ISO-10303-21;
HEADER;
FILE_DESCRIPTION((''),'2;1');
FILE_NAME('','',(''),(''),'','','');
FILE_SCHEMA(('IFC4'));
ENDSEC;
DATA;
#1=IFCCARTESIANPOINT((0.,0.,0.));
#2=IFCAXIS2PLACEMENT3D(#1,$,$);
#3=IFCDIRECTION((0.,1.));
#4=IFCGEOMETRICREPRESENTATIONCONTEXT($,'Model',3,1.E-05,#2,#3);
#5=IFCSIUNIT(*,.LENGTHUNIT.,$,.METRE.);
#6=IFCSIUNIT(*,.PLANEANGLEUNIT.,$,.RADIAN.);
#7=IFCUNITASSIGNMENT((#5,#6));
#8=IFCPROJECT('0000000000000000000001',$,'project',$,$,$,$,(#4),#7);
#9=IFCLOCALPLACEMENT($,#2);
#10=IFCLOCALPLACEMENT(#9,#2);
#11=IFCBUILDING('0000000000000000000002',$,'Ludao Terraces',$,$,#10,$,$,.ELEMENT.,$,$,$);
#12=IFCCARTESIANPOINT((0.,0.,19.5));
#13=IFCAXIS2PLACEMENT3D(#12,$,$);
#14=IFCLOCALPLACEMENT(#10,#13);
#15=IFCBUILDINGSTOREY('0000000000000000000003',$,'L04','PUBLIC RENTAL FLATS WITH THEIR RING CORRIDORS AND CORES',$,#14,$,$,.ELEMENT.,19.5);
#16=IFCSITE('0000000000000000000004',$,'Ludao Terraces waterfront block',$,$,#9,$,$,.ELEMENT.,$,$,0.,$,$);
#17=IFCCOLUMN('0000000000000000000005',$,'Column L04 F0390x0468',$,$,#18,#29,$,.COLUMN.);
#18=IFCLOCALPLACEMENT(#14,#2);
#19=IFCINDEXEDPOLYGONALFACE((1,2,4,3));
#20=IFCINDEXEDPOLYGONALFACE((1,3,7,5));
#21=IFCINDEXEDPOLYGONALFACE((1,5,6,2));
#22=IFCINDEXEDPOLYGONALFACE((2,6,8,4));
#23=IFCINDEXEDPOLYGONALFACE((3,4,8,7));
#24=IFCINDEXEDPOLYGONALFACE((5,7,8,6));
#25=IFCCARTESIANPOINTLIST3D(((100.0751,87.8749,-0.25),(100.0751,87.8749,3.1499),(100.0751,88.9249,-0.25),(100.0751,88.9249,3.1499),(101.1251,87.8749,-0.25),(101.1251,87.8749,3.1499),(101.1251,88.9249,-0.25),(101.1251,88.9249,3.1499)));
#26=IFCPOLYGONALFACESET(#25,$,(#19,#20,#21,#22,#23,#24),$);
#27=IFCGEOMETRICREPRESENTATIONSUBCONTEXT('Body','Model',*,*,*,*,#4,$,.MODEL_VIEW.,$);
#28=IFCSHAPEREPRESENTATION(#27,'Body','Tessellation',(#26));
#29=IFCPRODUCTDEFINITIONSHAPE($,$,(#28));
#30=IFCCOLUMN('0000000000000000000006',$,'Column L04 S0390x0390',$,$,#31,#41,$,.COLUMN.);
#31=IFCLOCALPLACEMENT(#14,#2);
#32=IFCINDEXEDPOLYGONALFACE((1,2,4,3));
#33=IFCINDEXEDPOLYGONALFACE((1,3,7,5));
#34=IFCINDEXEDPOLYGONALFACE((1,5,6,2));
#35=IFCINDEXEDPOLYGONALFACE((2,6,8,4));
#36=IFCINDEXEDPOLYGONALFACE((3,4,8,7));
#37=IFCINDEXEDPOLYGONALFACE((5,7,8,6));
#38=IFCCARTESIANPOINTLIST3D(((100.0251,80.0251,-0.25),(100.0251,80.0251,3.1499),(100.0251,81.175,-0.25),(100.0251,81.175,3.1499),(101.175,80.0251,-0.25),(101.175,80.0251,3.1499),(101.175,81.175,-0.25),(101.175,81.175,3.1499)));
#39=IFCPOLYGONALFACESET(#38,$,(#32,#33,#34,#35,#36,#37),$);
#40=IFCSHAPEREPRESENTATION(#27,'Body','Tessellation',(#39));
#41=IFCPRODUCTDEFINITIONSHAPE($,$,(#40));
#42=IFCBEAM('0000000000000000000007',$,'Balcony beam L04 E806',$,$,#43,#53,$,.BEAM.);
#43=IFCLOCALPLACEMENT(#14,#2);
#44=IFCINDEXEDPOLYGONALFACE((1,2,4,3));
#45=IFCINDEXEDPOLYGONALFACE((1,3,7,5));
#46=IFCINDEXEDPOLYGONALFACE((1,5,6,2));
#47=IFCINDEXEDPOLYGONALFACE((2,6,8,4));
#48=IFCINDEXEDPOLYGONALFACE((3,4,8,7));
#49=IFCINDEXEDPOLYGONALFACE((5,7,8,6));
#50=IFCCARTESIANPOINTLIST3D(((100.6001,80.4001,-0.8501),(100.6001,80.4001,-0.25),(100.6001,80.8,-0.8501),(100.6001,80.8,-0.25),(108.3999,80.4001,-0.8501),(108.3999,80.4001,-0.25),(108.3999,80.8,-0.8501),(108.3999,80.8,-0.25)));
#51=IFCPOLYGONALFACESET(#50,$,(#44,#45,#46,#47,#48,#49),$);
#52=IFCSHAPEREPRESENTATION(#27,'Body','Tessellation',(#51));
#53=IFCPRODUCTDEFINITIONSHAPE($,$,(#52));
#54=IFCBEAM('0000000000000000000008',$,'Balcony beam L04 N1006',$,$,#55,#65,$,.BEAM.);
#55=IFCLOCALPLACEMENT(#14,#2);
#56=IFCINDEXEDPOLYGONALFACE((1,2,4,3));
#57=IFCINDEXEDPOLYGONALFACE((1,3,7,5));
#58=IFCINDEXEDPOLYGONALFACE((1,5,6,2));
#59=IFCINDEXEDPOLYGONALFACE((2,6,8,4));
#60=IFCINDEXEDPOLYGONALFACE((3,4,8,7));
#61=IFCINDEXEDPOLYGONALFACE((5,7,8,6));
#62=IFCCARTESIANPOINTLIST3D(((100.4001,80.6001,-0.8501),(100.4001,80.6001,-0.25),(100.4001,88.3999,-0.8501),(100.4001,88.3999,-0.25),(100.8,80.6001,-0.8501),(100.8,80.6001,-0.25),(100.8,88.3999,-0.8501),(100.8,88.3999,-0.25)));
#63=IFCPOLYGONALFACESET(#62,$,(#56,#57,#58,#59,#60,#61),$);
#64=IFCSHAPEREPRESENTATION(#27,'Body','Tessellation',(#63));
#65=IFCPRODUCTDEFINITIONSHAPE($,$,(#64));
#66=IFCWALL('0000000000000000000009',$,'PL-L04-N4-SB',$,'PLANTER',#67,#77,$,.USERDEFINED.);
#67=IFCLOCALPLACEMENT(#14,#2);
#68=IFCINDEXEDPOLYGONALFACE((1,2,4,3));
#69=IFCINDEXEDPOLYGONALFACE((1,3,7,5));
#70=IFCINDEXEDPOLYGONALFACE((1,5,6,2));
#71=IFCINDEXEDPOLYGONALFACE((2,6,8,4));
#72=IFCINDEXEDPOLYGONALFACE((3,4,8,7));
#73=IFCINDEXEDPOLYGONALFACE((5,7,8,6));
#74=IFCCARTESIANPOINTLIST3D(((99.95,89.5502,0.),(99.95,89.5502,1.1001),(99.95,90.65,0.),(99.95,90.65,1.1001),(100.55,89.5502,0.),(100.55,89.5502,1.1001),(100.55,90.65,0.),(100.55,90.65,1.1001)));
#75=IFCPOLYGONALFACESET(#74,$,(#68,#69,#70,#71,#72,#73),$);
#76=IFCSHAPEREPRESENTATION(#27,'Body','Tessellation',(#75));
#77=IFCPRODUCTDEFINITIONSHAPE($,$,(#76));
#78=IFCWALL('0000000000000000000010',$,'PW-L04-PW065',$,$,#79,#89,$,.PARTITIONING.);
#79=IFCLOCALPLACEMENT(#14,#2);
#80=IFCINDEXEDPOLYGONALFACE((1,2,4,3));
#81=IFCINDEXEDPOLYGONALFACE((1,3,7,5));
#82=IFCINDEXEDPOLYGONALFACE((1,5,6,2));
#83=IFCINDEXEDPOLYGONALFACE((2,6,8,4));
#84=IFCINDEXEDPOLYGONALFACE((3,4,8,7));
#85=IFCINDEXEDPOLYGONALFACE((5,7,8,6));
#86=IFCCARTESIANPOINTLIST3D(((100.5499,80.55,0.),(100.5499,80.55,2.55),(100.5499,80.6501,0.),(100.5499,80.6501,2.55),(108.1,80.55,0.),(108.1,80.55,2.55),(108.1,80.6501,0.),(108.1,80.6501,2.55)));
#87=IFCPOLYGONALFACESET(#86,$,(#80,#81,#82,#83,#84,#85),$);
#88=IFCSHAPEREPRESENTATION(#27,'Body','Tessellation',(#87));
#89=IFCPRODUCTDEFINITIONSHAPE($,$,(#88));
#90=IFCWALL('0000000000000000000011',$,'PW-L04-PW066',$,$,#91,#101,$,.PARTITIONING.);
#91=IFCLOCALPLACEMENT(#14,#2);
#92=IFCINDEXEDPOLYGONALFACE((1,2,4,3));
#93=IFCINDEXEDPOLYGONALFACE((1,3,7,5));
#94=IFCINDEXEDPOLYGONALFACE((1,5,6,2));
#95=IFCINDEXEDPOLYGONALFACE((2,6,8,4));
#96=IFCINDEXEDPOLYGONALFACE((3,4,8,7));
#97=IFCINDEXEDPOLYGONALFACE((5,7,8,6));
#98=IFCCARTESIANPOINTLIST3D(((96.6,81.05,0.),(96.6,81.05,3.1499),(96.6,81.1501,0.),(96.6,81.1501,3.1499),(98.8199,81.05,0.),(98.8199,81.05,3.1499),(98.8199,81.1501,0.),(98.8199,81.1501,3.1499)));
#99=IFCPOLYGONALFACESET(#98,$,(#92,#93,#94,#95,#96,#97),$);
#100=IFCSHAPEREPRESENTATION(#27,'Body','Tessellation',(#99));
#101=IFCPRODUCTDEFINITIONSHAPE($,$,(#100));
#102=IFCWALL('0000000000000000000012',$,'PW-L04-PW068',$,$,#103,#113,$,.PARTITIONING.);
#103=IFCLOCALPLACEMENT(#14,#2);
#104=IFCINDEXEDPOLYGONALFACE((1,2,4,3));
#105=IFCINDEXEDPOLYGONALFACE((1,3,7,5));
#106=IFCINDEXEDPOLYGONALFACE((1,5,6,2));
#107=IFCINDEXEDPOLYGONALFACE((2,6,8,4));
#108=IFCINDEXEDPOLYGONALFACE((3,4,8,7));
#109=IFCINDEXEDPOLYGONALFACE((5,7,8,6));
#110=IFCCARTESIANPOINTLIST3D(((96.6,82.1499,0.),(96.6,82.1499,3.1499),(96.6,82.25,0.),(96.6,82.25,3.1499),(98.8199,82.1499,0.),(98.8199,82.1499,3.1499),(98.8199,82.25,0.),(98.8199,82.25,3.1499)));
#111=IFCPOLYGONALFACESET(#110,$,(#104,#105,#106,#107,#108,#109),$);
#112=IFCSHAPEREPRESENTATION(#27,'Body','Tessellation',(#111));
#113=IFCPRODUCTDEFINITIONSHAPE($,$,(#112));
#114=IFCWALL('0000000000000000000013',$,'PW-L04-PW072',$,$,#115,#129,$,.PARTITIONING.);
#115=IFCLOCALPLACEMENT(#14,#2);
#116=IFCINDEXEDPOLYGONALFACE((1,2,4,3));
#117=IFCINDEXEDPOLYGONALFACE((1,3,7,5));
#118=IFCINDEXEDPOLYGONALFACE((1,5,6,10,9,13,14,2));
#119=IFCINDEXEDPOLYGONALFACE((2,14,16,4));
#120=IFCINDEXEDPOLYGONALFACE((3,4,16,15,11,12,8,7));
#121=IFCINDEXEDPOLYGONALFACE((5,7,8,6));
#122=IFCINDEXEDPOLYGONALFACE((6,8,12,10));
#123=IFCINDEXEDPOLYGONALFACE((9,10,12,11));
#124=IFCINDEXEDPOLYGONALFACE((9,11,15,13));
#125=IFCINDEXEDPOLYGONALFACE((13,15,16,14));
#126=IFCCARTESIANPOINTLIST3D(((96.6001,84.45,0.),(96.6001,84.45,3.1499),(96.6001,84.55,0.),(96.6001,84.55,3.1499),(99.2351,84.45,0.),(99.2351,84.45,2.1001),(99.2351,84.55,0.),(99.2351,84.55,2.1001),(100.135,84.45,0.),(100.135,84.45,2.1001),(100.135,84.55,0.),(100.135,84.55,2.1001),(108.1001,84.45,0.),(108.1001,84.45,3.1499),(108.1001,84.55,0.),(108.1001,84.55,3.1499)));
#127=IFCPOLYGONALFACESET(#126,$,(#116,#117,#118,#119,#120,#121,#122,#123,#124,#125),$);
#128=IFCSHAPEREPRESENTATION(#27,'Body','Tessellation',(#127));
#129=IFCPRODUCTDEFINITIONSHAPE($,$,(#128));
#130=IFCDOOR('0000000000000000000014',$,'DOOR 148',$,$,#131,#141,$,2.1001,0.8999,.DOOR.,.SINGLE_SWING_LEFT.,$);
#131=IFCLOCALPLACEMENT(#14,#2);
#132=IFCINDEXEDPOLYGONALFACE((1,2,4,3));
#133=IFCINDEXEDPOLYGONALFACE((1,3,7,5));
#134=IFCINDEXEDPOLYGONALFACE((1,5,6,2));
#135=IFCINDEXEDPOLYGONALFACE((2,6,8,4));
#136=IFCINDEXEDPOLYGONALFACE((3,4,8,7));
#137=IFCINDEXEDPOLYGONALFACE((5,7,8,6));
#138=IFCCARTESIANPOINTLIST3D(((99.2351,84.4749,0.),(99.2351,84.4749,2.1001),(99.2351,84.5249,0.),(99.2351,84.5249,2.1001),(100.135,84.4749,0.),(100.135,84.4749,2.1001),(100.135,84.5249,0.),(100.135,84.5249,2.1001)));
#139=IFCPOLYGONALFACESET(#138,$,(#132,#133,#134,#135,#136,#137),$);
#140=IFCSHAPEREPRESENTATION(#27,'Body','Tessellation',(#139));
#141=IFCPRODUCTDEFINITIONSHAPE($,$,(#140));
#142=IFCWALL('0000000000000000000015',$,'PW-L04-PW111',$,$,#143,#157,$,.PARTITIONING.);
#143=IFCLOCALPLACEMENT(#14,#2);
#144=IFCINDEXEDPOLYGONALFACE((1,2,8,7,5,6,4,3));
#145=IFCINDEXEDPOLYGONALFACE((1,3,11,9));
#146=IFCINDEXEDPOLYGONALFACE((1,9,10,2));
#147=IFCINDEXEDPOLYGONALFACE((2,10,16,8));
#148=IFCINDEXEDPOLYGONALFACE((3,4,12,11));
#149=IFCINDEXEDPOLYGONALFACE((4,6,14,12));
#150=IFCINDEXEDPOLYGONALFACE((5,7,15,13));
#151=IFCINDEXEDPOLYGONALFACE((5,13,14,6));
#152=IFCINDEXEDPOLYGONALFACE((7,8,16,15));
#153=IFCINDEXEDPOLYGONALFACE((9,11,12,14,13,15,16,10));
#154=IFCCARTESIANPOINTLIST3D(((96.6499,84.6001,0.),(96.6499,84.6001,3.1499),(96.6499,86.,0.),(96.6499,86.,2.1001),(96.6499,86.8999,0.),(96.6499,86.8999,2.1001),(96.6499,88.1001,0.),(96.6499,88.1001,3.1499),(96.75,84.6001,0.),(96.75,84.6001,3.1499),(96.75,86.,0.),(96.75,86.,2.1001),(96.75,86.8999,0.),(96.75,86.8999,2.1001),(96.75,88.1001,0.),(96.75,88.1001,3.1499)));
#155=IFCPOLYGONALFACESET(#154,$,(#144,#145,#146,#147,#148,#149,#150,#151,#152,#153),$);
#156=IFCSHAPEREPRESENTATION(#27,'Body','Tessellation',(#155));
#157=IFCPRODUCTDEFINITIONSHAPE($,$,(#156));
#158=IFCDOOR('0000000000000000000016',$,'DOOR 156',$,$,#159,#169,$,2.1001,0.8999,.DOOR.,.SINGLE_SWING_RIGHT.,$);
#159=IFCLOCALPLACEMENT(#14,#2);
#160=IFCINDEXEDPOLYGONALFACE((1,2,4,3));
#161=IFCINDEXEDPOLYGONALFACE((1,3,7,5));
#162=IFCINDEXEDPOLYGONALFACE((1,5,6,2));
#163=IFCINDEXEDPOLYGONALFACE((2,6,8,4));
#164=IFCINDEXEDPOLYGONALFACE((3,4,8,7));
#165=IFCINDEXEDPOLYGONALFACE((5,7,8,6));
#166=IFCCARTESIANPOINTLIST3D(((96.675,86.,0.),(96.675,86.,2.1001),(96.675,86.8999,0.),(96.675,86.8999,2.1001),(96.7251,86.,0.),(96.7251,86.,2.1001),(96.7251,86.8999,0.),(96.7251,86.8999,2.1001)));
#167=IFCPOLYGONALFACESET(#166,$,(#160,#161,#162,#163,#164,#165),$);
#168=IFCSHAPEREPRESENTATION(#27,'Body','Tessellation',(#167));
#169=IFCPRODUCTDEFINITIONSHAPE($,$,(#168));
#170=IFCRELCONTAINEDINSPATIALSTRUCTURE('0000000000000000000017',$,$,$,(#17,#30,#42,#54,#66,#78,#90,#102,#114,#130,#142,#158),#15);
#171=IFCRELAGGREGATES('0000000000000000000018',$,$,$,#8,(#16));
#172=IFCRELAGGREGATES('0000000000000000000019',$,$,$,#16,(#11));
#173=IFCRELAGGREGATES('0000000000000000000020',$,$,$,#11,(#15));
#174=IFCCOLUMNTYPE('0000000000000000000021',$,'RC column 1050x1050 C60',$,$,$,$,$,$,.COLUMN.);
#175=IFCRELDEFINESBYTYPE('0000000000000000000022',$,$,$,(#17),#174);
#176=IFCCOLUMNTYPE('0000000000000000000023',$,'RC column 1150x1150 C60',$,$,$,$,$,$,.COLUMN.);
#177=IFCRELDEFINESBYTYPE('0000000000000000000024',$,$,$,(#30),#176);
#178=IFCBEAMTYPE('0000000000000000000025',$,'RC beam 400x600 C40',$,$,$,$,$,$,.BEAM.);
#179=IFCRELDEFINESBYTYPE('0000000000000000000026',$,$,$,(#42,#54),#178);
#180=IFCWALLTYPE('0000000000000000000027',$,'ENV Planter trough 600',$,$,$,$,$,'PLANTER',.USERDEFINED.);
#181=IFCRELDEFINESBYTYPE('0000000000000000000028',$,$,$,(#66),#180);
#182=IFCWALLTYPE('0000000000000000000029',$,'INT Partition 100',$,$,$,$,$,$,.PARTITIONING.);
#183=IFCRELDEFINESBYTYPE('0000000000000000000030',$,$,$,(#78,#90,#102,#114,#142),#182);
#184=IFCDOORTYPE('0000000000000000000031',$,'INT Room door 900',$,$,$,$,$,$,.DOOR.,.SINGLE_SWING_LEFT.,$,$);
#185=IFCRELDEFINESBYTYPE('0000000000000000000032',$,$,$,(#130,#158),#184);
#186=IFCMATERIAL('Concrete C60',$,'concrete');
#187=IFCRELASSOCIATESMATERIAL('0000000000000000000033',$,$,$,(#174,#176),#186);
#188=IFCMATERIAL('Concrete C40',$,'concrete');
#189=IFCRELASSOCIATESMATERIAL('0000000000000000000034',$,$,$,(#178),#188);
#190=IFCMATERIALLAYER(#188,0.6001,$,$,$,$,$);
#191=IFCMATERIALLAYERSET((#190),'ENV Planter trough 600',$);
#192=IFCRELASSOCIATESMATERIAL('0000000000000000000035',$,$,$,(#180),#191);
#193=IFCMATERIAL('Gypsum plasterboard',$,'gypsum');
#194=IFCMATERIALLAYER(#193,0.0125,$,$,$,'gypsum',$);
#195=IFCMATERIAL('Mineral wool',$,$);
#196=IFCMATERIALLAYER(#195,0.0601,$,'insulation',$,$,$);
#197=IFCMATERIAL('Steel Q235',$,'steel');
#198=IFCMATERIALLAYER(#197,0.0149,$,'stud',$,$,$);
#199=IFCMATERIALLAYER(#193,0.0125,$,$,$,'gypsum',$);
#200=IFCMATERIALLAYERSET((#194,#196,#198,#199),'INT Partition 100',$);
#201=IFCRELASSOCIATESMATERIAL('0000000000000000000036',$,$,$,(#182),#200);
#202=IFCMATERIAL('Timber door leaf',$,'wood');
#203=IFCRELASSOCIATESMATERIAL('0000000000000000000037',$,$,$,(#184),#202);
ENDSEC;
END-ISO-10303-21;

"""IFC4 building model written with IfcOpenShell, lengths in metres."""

from ifc_helpers import new_model, si_unit, direction, frame, frame_2d, origin, origin_2d, place, context, subcontext, project, spatial, rectangle, extrude, material, layer, layer_set, material_profile, profile_set, type_object, element, fill, save


model = new_model("IFC4")

# Units and contexts
model_context = context("Model", 3, precision=1e-05, world=origin(), true_north=direction((0.0, 1.0)))
body_context = subcontext(model_context, "Body", "Model", "MODEL_VIEW")
ifc_project = project(units=[si_unit("LENGTHUNIT", "METRE"), si_unit("PLANEANGLEUNIT", "RADIAN")], contexts=[model_context])

# Site, building, storey
site_placement = place(None, origin())
site = spatial("IfcSite", under=ifc_project, at=site_placement, Name="Ludao Terraces waterfront block", CompositionType="ELEMENT", RefElevation=0.0)
building_placement = place(site_placement, origin())
building = spatial("IfcBuilding", under=site, at=building_placement, Name="Ludao Terraces", CompositionType="ELEMENT")
storey_placement = place(building_placement, frame((0.0, 0.0, 19.5)))
storey = spatial("IfcBuildingStorey", under=building, at=storey_placement, Name="L04", Description="PUBLIC RENTAL FLATS WITH THEIR RING CORRIDORS AND CORES", CompositionType="ELEMENT", Elevation=19.5)

# Columns
ifc_material_1 = material(Name="Concrete C60", Category="concrete")
ifc_material_profile_1 = material_profile(ifc_material_1, rectangle(XDim=1.05, YDim=1.05, at=origin_2d()), Name="1050 X 1050")
ifc_profile_set_1 = profile_set([ifc_material_profile_1], Name="Concrete C60")
column_type_1 = type_object("IfcColumnType", Name="RC column 1050x1050 C60", PredefinedType="COLUMN", material=ifc_profile_set_1)
column_1_placement = place(storey_placement, frame((100.6001, 88.3999, -0.25), z_axis=(0.0, 0.0, 1.0), x_axis=(1.0, 0.0, 0.0)))
element("IfcColumn", 1, at=column_1_placement, inside=storey, type_object=column_type_1, Name="Column L04 F0390x0468", PredefinedType="COLUMN", context=body_context, shape_type="SweptSolid", body=[
    extrude(rectangle(XDim=1.05, YDim=1.05, at=origin_2d()), origin(), (0.0, 0.0, 1.0), 3.3999),
])
ifc_material_profile_2 = material_profile(ifc_material_1, rectangle(XDim=1.1499, YDim=1.1499, at=origin_2d()), Name="1150 X 1150")
ifc_profile_set_2 = profile_set([ifc_material_profile_2], Name="Concrete C60")
column_type_2 = type_object("IfcColumnType", Name="RC column 1150x1150 C60", PredefinedType="COLUMN", material=ifc_profile_set_2)
column_2_placement = place(storey_placement, frame((100.6001, 80.6001, -0.25), z_axis=(0.0, 0.0, 1.0), x_axis=(1.0, 0.0, 0.0)))
element("IfcColumn", 2, at=column_2_placement, inside=storey, type_object=column_type_2, Name="Column L04 S0390x0390", PredefinedType="COLUMN", context=body_context, shape_type="SweptSolid", body=[
    extrude(rectangle(XDim=1.1499, YDim=1.1499, at=origin_2d()), origin(), (0.0, 0.0, 1.0), 3.3999),
])

# Beams
ifc_material_2 = material(Name="Concrete C40", Category="concrete")
ifc_material_profile_3 = material_profile(ifc_material_2, rectangle(XDim=0.3999, YDim=0.6001, at=origin_2d()), Name="400 X 600")
ifc_profile_set_3 = profile_set([ifc_material_profile_3], Name="Concrete C40")
beam_type = type_object("IfcBeamType", Name="RC beam 400x600 C40", PredefinedType="BEAM", material=ifc_profile_set_3)
for number, where, z_axis, x_axis, name in (
    (3, (100.6001, 80.6001, -0.55), (1.0, 0.0, 0.0), (0.0, 1.0, 0.0), "Balcony beam L04 E806"),
    (4, (100.6001, 80.6001, -0.55), (0.0, 1.0, 0.0), (-1.0, 0.0, 0.0), "Balcony beam L04 N1006"),
):
    element("IfcBeam", number, at=place(storey_placement, frame(where, z_axis=z_axis, x_axis=x_axis)), inside=storey, type_object=beam_type, Name=name, PredefinedType="BEAM", context=body_context, shape_type="SweptSolid", body=[
        extrude(rectangle(XDim=0.3999, YDim=0.6001, at=origin_2d()), origin(), (0.0, 0.0, 1.0), 7.7998),
    ])

# Walls
ifc_layer_1 = layer(ifc_material_2, 0.6001)
ifc_layer_set_1 = layer_set([ifc_layer_1], Name="ENV Planter trough 600")
wall_type_1 = type_object("IfcWallType", Name="ENV Planter trough 600", ElementType="PLANTER", PredefinedType="USERDEFINED", material=ifc_layer_set_1)
wall_1_placement = place(storey_placement, frame((100.25, 90.6499, 0.0), z_axis=(0.0, 0.0, 1.0), x_axis=(0.0, -1.0, 0.0)))
element("IfcWall", 5, at=wall_1_placement, inside=storey, type_object=wall_type_1, Name="PL-L04-N4-SB", ObjectType="PLANTER", PredefinedType="USERDEFINED", context=body_context, shape_type="SweptSolid", body=[
    extrude(rectangle(XDim=1.0999, YDim=0.6001, at=frame_2d((0.5498, 0.0))), origin(), (0.0, 0.0, 1.0), 1.1001),
])
ifc_material_3 = material(Name="Gypsum plasterboard", Category="gypsum")
ifc_layer_2 = layer(ifc_material_3, 0.0125, Category="gypsum")
ifc_material_4 = material(Name="Mineral wool")
ifc_layer_3 = layer(ifc_material_4, 0.0601, Name="insulation")
ifc_material_5 = material(Name="Steel Q235", Category="steel")
ifc_layer_4 = layer(ifc_material_5, 0.0149, Name="stud")
ifc_layer_5 = layer(ifc_material_3, 0.0125, Category="gypsum")
ifc_layer_set_2 = layer_set([ifc_layer_2, ifc_layer_3, ifc_layer_4, ifc_layer_5], Name="INT Partition 100")
wall_type_2 = type_object("IfcWallType", Name="INT Partition 100", PredefinedType="PARTITIONING", material=ifc_layer_set_2)
wall_2_placement = place(storey_placement, frame((100.55, 80.6001, 0.0), z_axis=(0.0, 0.0, 1.0), x_axis=(1.0, 0.0, 0.0)))
element("IfcWall", 6, at=wall_2_placement, inside=storey, type_object=wall_type_2, Name="PW-L04-PW065", PredefinedType="PARTITIONING", context=body_context, shape_type="SweptSolid", body=[
    extrude(rectangle(XDim=7.55, YDim=0.1001, at=frame_2d((3.7749, 0.0))), origin(), (0.0, 0.0, 1.0), 2.55),
])
for number, where, z_axis, x_axis, name in (
    (7, (96.6001, 81.1001, 0.0), (0.0, 0.0, 1.0), (1.0, 0.0, 0.0), "PW-L04-PW066"),
    (8, (96.6001, 82.2, 0.0), (0.0, 0.0, 1.0), (1.0, 0.0, 0.0), "PW-L04-PW068"),
):
    element("IfcWall", number, at=place(storey_placement, frame(where, z_axis=z_axis, x_axis=x_axis)), inside=storey, type_object=wall_type_2, Name=name, PredefinedType="PARTITIONING", context=body_context, shape_type="SweptSolid", body=[
        extrude(rectangle(XDim=2.22, YDim=0.1001, at=frame_2d((1.1099, 0.0))), origin(), (0.0, 0.0, 1.0), 3.1499),
    ])

# Walls, openings, doors
wall_3_placement = place(storey_placement, frame((96.6001, 84.5, 0.0), z_axis=(0.0, 0.0, 1.0), x_axis=(1.0, 0.0, 0.0)))
wall_3 = element("IfcWall", 9, at=wall_3_placement, inside=storey, type_object=wall_type_2, Name="PW-L04-PW072", PredefinedType="PARTITIONING", context=body_context, shape_type="SweptSolid", body=[
    extrude(rectangle(XDim=11.5, YDim=0.1001, at=frame_2d((5.75, 0.0))), origin(), (0.0, 0.0, 1.0), 3.1499),
])
opening_1_placement = place(wall_3_placement, frame((2.635, 0.0, 0.0)))
opening_1 = element("IfcOpeningElement", 10, at=opening_1_placement, cuts=wall_3, PredefinedType="OPENING", context=body_context, shape_type="SweptSolid", body=[
    extrude(rectangle(XDim=0.8999, YDim=2.1001, at=frame_2d((0.45, 1.05))), frame((0.0, 0.0601, 0.0), z_axis=(0.0, -1.0, 0.0), x_axis=(1.0, 0.0, 0.0)), (0.0, 0.0, 1.0), 0.1201),
])
ifc_material_6 = material(Name="Timber door leaf", Category="wood")
door_type = type_object("IfcDoorType", Name="INT Room door 900", OperationType="SINGLE_SWING_LEFT", PredefinedType="DOOR", material=ifc_material_6)
door_1_placement = place(opening_1_placement, origin())
door_1 = element("IfcDoor", 11, at=door_1_placement, inside=storey, type_object=door_type, Name="DOOR 148", OperationType="SINGLE_SWING_LEFT", OverallHeight=2.1001, OverallWidth=0.8999, PredefinedType="DOOR", context=body_context, shape_type="SweptSolid", body=[
    extrude(rectangle(XDim=0.8999, YDim=2.1001, at=frame_2d((0.45, 1.05))), frame((0.0, 0.0249, 0.0), z_axis=(0.0, -1.0, 0.0), x_axis=(1.0, 0.0, 0.0)), (0.0, 0.0, 1.0), 0.05),
])
fill(opening_1, door_1)
wall_4_placement = place(storey_placement, frame((96.7, 84.6001, 0.0), z_axis=(0.0, 0.0, 1.0), x_axis=(0.0, 1.0, 0.0)))
wall_4 = element("IfcWall", 12, at=wall_4_placement, inside=storey, type_object=wall_type_2, Name="PW-L04-PW111", PredefinedType="PARTITIONING", context=body_context, shape_type="SweptSolid", body=[
    extrude(rectangle(XDim=3.5, YDim=0.1001, at=frame_2d((1.75, 0.0))), origin(), (0.0, 0.0, 1.0), 3.1499),
])
opening_2_placement = place(wall_4_placement, frame((1.3999, 0.0, 0.0)))
opening_2 = element("IfcOpeningElement", 13, at=opening_2_placement, cuts=wall_4, PredefinedType="OPENING", context=body_context, shape_type="SweptSolid", body=[
    extrude(rectangle(XDim=0.8999, YDim=2.1001, at=frame_2d((0.45, 1.05))), frame((0.0, 0.0601, 0.0), z_axis=(0.0, -1.0, 0.0), x_axis=(1.0, 0.0, 0.0)), (0.0, 0.0, 1.0), 0.1201),
])
door_2_placement = place(opening_2_placement, origin())
door_2 = element("IfcDoor", 14, at=door_2_placement, inside=storey, type_object=door_type, Name="DOOR 156", OperationType="SINGLE_SWING_RIGHT", OverallHeight=2.1001, OverallWidth=0.8999, PredefinedType="DOOR", context=body_context, shape_type="SweptSolid", body=[
    extrude(rectangle(XDim=0.8999, YDim=2.1001, at=frame_2d((0.45, 1.05))), frame((0.0, 0.0249, 0.0), z_axis=(0.0, -1.0, 0.0), x_axis=(1.0, 0.0, 0.0)), (0.0, 0.0, 1.0), 0.05),
])
fill(opening_2, door_2)

save(model, "model.ifc")
